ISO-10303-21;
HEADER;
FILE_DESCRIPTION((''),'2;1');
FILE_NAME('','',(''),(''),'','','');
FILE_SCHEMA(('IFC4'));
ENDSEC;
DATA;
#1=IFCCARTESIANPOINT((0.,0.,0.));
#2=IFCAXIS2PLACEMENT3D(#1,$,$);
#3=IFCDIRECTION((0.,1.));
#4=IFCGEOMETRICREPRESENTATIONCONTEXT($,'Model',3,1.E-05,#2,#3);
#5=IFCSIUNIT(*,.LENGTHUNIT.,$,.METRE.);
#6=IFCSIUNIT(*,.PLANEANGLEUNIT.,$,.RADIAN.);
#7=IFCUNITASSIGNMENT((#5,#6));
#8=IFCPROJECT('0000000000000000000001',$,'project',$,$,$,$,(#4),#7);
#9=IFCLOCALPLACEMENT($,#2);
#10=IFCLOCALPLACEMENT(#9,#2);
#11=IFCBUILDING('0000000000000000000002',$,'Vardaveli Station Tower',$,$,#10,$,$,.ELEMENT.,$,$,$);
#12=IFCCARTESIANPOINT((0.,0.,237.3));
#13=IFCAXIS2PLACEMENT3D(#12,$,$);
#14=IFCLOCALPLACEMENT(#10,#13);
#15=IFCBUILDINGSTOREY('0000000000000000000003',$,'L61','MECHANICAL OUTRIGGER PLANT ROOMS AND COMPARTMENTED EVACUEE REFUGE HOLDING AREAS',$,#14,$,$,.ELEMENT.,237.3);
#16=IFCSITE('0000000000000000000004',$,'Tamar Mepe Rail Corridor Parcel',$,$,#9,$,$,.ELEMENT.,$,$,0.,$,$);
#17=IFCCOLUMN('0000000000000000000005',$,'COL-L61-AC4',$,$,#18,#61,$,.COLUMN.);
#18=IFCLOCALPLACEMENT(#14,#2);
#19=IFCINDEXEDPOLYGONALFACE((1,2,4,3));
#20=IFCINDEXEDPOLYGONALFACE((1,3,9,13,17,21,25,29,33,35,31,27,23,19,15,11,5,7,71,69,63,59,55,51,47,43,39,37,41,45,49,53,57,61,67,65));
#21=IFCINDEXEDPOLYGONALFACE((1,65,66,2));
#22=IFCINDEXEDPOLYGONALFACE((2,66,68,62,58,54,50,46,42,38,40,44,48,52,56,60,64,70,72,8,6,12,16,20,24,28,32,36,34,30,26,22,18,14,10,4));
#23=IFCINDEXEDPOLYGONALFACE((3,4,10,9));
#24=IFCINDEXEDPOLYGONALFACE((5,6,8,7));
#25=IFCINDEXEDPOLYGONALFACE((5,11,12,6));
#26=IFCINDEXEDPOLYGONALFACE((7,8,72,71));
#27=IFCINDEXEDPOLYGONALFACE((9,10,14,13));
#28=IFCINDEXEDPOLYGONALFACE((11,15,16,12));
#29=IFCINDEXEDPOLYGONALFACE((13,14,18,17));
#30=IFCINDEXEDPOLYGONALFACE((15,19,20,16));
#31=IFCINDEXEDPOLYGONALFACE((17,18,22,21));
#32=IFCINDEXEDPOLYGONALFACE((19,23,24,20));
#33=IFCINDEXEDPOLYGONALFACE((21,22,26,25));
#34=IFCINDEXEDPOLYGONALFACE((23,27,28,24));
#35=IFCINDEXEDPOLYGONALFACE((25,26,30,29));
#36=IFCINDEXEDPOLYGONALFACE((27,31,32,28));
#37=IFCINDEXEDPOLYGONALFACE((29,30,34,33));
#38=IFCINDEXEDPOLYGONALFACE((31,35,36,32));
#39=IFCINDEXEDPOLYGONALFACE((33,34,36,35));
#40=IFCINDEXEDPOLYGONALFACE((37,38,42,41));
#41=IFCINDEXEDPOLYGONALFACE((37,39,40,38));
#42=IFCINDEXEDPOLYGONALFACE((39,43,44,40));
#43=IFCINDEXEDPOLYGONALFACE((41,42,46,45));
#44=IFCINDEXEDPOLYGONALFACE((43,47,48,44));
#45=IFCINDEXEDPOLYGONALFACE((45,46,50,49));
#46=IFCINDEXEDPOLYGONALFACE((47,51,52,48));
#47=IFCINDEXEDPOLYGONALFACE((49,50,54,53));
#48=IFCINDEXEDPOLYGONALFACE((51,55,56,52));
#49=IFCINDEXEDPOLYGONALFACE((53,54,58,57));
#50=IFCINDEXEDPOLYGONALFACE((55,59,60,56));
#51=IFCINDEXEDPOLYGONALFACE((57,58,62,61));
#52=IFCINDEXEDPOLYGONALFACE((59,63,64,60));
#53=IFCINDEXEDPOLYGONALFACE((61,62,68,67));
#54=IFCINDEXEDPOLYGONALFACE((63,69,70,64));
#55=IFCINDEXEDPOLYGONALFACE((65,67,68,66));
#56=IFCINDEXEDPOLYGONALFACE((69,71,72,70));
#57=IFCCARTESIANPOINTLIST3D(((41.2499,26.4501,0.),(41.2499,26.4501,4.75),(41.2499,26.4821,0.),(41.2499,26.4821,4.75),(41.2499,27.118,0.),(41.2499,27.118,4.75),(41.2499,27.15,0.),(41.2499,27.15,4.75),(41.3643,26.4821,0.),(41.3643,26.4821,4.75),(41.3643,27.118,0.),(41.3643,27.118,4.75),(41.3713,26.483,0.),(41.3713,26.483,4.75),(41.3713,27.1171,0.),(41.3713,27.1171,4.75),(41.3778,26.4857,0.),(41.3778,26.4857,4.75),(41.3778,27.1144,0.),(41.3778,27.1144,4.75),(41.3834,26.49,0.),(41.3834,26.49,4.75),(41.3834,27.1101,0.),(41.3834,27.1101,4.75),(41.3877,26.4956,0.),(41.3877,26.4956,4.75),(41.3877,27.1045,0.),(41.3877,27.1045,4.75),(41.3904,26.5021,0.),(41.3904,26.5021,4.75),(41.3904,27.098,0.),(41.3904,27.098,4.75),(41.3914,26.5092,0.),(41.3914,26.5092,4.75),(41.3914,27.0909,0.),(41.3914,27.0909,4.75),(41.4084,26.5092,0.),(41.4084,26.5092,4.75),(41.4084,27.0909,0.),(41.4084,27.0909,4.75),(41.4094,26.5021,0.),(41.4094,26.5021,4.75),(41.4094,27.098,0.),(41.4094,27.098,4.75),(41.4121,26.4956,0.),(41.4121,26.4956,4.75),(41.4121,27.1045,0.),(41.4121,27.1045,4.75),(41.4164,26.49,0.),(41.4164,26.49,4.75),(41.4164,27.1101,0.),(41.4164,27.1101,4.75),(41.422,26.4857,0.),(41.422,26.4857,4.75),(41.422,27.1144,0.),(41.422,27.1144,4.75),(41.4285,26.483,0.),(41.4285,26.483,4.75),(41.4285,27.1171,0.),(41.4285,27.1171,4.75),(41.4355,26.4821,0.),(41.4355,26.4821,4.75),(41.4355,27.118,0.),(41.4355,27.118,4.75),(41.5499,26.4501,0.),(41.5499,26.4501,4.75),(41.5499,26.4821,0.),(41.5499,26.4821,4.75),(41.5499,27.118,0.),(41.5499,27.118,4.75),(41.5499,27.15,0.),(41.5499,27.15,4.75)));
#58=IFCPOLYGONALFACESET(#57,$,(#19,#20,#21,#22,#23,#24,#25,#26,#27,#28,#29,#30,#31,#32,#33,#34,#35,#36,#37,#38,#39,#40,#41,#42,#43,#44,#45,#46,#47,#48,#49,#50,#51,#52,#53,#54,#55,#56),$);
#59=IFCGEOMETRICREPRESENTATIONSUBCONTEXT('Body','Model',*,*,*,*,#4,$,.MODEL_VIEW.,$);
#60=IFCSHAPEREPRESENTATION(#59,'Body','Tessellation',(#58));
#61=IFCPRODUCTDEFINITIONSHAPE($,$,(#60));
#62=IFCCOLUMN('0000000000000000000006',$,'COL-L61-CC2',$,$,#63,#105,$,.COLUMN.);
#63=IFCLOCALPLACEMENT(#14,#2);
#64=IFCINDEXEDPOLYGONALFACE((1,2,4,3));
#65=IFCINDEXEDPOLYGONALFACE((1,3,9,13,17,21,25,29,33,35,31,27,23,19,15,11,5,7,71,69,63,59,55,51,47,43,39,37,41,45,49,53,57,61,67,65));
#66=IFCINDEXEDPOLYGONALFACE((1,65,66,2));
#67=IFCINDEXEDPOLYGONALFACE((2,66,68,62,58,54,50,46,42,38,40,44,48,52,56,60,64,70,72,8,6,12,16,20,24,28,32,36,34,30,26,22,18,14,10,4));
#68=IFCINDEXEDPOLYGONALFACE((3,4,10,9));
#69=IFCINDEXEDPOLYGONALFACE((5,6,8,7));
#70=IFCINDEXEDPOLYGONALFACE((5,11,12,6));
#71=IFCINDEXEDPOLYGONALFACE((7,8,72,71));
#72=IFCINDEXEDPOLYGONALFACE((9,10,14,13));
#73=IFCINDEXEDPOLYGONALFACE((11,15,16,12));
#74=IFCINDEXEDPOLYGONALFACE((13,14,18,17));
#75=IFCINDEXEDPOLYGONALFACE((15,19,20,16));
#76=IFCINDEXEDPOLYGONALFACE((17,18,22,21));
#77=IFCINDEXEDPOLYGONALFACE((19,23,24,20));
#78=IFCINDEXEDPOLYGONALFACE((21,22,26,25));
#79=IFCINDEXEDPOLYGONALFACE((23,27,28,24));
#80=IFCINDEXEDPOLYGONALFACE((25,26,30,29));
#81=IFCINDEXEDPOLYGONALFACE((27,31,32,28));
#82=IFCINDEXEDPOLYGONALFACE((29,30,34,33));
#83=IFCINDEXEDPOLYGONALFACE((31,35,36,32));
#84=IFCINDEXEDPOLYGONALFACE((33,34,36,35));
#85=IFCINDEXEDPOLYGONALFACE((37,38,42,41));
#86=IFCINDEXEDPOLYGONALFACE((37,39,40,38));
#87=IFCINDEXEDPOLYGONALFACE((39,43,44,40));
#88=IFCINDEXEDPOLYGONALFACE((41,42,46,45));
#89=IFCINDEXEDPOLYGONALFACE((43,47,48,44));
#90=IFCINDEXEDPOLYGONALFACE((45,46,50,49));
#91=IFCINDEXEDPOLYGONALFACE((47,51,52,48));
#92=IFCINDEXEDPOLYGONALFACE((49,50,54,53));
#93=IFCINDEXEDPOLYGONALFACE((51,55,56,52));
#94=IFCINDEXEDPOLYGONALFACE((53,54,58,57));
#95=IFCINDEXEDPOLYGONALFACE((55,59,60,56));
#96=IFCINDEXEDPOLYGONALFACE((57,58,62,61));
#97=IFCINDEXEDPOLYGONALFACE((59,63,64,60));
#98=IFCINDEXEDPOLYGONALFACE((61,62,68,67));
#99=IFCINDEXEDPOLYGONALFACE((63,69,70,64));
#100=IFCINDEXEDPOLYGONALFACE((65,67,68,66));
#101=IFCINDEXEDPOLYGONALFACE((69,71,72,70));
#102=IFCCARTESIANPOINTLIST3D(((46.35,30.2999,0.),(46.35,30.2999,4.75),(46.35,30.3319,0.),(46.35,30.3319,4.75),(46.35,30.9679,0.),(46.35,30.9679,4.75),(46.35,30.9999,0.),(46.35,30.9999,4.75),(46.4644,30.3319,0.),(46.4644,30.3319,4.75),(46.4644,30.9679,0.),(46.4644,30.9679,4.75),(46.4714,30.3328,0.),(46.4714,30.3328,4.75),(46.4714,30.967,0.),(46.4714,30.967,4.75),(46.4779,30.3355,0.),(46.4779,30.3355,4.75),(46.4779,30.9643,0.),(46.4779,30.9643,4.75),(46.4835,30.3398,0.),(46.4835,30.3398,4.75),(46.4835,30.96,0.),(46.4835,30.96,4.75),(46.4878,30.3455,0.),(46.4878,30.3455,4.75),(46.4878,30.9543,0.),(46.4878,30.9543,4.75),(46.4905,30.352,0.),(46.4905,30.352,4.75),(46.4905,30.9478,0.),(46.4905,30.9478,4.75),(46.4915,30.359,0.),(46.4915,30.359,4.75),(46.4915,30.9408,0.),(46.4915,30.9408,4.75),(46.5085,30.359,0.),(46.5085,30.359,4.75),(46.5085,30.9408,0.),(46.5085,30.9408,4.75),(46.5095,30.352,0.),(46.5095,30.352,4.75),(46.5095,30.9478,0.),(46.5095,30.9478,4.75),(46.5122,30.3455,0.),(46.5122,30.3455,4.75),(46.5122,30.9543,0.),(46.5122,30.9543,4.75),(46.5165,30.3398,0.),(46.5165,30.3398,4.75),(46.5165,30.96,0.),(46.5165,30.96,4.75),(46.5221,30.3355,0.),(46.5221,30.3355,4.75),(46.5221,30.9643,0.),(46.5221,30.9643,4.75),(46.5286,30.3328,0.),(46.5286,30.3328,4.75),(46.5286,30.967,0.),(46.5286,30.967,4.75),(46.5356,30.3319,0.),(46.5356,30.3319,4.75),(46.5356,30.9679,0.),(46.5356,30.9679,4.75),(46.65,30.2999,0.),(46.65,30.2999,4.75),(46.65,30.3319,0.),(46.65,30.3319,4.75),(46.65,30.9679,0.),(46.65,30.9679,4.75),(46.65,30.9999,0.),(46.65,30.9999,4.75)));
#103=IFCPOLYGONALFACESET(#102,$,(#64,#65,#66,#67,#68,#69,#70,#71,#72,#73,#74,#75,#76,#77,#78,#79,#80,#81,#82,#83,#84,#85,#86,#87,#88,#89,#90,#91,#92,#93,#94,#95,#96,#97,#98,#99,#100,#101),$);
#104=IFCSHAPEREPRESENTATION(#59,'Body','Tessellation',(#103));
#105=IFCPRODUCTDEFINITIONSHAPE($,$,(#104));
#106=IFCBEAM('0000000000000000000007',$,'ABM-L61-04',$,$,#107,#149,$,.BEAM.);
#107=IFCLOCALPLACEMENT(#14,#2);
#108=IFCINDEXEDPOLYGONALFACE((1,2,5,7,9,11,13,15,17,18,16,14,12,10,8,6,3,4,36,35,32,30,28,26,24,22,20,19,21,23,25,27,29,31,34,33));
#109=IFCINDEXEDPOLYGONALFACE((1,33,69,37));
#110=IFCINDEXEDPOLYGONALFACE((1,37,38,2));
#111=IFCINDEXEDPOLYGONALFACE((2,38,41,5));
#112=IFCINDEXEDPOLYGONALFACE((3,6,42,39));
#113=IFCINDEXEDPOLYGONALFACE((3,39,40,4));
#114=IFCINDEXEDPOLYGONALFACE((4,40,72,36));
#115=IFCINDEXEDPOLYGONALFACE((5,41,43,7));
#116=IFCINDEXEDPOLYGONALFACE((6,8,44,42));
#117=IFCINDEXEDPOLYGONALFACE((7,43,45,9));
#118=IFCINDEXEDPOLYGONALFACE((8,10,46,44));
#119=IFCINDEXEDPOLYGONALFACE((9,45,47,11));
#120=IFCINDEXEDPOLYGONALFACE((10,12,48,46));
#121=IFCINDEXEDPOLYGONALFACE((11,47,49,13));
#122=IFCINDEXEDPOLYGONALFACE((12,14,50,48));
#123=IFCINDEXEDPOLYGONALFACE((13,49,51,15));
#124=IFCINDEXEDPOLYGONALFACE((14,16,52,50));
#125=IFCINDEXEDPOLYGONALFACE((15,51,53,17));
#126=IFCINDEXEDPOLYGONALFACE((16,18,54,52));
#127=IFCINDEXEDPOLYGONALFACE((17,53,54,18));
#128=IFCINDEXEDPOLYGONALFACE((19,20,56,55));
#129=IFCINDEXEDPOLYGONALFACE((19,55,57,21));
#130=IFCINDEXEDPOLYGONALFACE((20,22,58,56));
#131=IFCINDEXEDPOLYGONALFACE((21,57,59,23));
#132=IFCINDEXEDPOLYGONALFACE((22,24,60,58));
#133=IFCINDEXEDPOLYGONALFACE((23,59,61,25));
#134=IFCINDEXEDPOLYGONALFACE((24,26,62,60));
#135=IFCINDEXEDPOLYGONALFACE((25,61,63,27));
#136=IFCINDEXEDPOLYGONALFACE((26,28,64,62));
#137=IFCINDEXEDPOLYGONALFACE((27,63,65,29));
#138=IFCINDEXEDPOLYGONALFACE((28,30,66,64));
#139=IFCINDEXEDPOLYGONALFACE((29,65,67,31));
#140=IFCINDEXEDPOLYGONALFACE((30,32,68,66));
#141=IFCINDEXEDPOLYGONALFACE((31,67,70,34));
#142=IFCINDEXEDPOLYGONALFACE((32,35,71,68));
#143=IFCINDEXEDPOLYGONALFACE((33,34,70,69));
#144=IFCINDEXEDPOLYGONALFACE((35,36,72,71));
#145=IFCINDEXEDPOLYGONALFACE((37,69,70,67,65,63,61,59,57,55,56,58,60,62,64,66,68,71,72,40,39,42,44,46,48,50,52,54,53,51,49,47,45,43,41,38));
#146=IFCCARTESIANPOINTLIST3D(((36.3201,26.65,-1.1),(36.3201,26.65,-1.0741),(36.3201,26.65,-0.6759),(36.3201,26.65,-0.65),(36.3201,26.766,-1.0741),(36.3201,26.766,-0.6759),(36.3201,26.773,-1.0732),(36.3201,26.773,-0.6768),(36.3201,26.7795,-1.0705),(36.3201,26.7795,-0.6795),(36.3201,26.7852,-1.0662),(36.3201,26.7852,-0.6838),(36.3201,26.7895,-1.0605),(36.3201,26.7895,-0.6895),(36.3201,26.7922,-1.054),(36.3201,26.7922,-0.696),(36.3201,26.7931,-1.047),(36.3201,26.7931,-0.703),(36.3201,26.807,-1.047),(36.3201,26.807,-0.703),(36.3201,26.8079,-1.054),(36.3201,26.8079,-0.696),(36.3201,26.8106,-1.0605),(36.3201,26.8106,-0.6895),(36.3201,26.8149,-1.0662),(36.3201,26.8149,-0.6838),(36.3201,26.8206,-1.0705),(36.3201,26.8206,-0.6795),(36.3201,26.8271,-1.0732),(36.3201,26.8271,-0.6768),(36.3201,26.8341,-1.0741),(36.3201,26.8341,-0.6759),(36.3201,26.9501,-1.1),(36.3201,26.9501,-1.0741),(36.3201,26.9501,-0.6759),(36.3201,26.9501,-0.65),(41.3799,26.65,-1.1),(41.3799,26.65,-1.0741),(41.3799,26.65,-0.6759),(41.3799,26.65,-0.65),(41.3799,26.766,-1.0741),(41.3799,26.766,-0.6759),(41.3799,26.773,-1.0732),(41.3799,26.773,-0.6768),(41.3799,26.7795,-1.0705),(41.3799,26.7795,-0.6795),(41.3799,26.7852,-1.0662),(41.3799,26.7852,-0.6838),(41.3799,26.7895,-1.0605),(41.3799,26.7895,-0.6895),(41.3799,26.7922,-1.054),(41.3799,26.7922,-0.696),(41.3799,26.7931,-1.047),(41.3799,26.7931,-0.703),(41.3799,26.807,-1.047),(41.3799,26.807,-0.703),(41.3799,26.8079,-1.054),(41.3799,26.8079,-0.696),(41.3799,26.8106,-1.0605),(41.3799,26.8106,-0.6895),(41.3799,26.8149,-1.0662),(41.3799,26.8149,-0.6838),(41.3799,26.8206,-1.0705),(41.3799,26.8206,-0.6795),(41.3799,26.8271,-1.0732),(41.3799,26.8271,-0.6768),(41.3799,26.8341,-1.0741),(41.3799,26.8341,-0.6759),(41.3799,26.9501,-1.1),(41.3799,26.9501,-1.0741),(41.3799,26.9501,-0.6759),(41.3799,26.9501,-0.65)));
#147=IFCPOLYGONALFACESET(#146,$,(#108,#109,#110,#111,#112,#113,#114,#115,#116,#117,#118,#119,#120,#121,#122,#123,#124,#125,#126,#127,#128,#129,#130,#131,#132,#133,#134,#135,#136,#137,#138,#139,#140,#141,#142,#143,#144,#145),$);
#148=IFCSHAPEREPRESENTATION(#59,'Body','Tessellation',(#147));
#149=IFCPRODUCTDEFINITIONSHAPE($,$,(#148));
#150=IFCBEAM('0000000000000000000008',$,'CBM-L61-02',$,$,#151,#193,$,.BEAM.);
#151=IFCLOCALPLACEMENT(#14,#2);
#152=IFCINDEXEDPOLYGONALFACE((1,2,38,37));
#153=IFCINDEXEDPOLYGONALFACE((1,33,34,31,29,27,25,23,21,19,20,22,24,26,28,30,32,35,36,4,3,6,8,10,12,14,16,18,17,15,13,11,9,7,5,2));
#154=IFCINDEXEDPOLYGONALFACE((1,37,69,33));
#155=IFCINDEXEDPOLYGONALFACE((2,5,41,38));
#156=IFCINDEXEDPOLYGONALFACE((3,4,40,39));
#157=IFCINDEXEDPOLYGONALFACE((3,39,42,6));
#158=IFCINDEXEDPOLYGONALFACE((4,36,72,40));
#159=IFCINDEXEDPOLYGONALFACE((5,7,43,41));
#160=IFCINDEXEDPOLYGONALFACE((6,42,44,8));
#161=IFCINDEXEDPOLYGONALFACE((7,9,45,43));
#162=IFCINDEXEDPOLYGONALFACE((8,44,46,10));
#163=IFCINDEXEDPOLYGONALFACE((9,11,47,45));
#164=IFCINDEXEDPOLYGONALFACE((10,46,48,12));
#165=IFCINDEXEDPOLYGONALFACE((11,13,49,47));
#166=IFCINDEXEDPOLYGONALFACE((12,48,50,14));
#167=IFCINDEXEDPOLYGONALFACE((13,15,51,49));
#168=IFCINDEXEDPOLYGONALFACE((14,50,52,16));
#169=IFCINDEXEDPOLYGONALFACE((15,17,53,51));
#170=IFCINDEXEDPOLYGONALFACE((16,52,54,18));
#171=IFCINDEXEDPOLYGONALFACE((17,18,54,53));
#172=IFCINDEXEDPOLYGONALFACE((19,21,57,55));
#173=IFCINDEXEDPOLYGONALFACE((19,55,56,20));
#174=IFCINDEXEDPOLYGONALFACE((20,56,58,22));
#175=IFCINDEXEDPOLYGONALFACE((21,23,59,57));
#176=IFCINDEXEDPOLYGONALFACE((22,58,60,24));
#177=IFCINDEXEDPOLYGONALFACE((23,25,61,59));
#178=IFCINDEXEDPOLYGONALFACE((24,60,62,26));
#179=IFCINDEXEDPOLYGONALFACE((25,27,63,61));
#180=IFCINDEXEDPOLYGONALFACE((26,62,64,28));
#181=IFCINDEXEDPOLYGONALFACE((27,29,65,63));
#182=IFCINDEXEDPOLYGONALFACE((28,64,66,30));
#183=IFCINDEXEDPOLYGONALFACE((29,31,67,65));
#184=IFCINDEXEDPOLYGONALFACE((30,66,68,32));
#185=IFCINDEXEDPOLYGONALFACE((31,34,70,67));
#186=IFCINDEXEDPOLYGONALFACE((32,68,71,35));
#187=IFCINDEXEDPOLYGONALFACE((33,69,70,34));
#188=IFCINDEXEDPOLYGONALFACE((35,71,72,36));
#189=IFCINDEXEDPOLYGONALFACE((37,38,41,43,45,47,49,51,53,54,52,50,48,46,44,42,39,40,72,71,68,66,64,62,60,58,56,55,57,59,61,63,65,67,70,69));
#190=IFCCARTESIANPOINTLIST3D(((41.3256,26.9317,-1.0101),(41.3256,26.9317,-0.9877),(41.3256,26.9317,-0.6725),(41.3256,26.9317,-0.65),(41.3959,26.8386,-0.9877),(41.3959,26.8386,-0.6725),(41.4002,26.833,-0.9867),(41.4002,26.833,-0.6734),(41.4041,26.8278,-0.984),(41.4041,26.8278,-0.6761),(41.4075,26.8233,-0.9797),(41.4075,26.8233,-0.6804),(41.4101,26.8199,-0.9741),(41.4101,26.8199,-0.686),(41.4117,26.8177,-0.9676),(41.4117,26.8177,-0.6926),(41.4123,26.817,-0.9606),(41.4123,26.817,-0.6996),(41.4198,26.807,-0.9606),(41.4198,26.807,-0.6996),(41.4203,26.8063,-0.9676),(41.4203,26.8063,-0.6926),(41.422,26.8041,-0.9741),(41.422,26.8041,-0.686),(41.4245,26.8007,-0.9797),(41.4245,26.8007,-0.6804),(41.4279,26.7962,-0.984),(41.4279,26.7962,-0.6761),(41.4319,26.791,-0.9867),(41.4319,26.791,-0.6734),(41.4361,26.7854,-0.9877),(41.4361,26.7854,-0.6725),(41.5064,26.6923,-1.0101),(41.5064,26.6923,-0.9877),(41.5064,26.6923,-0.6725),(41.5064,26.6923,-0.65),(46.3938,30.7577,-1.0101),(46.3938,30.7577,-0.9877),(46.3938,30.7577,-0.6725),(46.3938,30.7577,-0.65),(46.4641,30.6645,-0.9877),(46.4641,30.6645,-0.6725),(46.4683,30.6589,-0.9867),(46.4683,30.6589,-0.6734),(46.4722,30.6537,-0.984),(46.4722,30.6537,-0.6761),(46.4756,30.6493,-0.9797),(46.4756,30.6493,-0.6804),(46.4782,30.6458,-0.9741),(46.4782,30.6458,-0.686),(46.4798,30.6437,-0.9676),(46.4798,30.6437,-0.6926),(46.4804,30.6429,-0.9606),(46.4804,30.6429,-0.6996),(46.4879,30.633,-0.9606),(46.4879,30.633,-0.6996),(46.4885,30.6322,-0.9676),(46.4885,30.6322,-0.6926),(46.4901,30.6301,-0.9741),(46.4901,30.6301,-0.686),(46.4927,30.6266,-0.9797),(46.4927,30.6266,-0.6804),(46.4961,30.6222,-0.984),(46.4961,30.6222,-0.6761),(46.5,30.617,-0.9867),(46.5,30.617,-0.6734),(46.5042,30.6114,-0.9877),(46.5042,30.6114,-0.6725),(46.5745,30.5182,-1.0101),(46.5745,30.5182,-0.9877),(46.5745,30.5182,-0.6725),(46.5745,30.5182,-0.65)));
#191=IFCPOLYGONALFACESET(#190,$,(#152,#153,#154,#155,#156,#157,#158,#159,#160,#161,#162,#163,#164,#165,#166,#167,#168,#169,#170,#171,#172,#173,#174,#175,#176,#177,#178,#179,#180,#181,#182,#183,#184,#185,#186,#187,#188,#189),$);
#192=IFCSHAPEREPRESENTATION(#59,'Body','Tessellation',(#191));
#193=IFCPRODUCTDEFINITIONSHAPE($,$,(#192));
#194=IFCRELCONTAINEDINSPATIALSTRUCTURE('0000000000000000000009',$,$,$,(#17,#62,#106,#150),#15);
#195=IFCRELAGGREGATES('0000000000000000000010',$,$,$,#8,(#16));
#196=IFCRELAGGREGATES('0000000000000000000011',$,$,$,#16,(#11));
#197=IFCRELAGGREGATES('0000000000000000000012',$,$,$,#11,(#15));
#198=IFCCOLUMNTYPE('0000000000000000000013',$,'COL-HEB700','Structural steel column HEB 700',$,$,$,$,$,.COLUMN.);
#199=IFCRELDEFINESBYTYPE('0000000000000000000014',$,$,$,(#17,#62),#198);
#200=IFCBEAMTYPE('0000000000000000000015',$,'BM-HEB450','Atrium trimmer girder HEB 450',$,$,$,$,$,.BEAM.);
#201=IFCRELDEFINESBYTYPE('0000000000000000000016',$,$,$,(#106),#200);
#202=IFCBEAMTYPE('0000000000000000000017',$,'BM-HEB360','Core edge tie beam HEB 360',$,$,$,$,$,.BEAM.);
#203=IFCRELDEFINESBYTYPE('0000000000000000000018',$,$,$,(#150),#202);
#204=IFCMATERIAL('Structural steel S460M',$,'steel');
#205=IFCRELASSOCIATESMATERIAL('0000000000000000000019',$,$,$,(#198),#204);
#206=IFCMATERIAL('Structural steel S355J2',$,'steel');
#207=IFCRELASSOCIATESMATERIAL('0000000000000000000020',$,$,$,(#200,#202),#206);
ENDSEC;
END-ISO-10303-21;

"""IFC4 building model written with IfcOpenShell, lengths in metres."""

from ifc_helpers import new_model, si_unit, direction, frame, origin, origin_2d, place, context, subcontext, project, spatial, i_section, extrude, source, transform, mapped, material, material_profile, profile_set, type_object, element, save


model = new_model("IFC4")

# Units and contexts
model_context = context("Model", 3, precision=1e-05, world=origin(), true_north=direction((0.0, 1.0)))
body_context = subcontext(model_context, "Body", "Model", "MODEL_VIEW")
ifc_project = project(units=[si_unit("LENGTHUNIT", "METRE"), si_unit("PLANEANGLEUNIT", "RADIAN")], contexts=[model_context])

# Site, building, storey
site_placement = place(None, origin())
site = spatial("IfcSite", under=ifc_project, at=site_placement, Name="Tamar Mepe Rail Corridor Parcel", CompositionType="ELEMENT", RefElevation=0.0)
building_placement = place(site_placement, origin())
building = spatial("IfcBuilding", under=site, at=building_placement, Name="Vardaveli Station Tower", CompositionType="ELEMENT")
storey_placement = place(building_placement, frame((0.0, 0.0, 237.3)))
storey = spatial("IfcBuildingStorey", under=building, at=storey_placement, Name="L61", Description="MECHANICAL OUTRIGGER PLANT ROOMS AND COMPARTMENTED EVACUEE REFUGE HOLDING AREAS", CompositionType="ELEMENT", Elevation=237.3)

# Columns
ifc_material_1 = material(Name="Structural steel S460M", Category="steel")
ifc_material_profile_1 = material_profile(ifc_material_1, i_section(OverallWidth=0.3, OverallDepth=0.7, WebThickness=0.0171, FlangeThickness=0.032, FilletRadius=0.0271, at=origin_2d()), Name="HEB 700")
ifc_profile_set_1 = profile_set([ifc_material_profile_1], Name="Structural steel S460M")
column_type = type_object("IfcColumnType", Name="COL-HEB700", Description="Structural steel column HEB 700", PredefinedType="COLUMN", material=ifc_profile_set_1)
shared_shape_1 = source(origin(), body_context, "Body", "SweptSolid", [
    extrude(i_section(OverallWidth=0.3, OverallDepth=0.7, WebThickness=0.0171, FlangeThickness=0.032, FilletRadius=0.0271, at=origin_2d()), origin(), (0.0, 0.0, 1.0), 4.75),
])
for number, where, z_axis, x_axis, name in (
    (1, (41.3999, 26.8, 0.0), (0.0, 0.0, 1.0), (1.0, 0.0, 0.0), "COL-L61-AC4"),
    (2, (46.5, 30.6499, 0.0), (0.0, 0.0, 1.0), (1.0, 0.0, 0.0), "COL-L61-CC2"),
):
    element("IfcColumn", number, at=place(storey_placement, frame(where, z_axis=z_axis, x_axis=x_axis)), inside=storey, type_object=column_type, Name=name, PredefinedType="COLUMN", context=body_context, shape_type="MappedRepresentation", body=[
        mapped(shared_shape_1, transform((0.0, 0.0, 0.0), scale=1.0)),
    ])

# Beams
ifc_material_2 = material(Name="Structural steel S355J2", Category="steel")
ifc_material_profile_2 = material_profile(ifc_material_2, i_section(OverallWidth=0.3, OverallDepth=0.45, WebThickness=0.0139, FlangeThickness=0.0259, FilletRadius=0.0271, at=origin_2d()), Name="HEB 450")
ifc_profile_set_2 = profile_set([ifc_material_profile_2], Name="Structural steel S355J2")
beam_type_1 = type_object("IfcBeamType", Name="BM-HEB450", Description="Atrium trimmer girder HEB 450", PredefinedType="BEAM", material=ifc_profile_set_2)
shared_shape_2 = source(origin(), body_context, "Body", "SweptSolid", [
    extrude(i_section(OverallWidth=0.3, OverallDepth=0.45, WebThickness=0.0139, FlangeThickness=0.0259, FilletRadius=0.0271, at=origin_2d()), origin(), (0.0, 0.0, 1.0), 5.0598),
])
beam_1_placement = place(storey_placement, frame((41.3799, 26.8, -0.875), z_axis=(-1.0, 0.0, 0.0), x_axis=(0.0, -1.0, 0.0)))
element("IfcBeam", 3, at=beam_1_placement, inside=storey, type_object=beam_type_1, Name="ABM-L61-04", PredefinedType="BEAM", context=body_context, shape_type="MappedRepresentation", body=[
    mapped(shared_shape_2, transform((0.0, 0.0, 0.0), scale=1.0)),
])
ifc_material_profile_3 = material_profile(ifc_material_2, i_section(OverallWidth=0.3, OverallDepth=0.3601, WebThickness=0.0125, FlangeThickness=0.0225, FilletRadius=0.0271, at=origin_2d()), Name="HEB 360")
ifc_profile_set_3 = profile_set([ifc_material_profile_3], Name="Structural steel S355J2")
beam_type_2 = type_object("IfcBeamType", Name="BM-HEB360", Description="Core edge tie beam HEB 360", PredefinedType="BEAM", material=ifc_profile_set_3)
shared_shape_3 = source(origin(), body_context, "Body", "SweptSolid", [
    extrude(i_section(OverallWidth=0.3, OverallDepth=0.3601, WebThickness=0.0125, FlangeThickness=0.0225, FilletRadius=0.0271, at=origin_2d()), origin(), (0.0, 0.0, 1.0), 6.3501),
])
beam_2_placement = place(storey_placement, frame((41.416, 26.812, -0.8301), z_axis=(0.798118, 0.602501, 0.0), x_axis=(-0.602501, 0.798118, 0.0)))
element("IfcBeam", 4, at=beam_2_placement, inside=storey, type_object=beam_type_2, Name="CBM-L61-02", PredefinedType="BEAM", context=body_context, shape_type="MappedRepresentation", body=[
    mapped(shared_shape_3, transform((0.0, 0.0, 0.0), scale=1.0)),
])

save(model, "model.ifc")
